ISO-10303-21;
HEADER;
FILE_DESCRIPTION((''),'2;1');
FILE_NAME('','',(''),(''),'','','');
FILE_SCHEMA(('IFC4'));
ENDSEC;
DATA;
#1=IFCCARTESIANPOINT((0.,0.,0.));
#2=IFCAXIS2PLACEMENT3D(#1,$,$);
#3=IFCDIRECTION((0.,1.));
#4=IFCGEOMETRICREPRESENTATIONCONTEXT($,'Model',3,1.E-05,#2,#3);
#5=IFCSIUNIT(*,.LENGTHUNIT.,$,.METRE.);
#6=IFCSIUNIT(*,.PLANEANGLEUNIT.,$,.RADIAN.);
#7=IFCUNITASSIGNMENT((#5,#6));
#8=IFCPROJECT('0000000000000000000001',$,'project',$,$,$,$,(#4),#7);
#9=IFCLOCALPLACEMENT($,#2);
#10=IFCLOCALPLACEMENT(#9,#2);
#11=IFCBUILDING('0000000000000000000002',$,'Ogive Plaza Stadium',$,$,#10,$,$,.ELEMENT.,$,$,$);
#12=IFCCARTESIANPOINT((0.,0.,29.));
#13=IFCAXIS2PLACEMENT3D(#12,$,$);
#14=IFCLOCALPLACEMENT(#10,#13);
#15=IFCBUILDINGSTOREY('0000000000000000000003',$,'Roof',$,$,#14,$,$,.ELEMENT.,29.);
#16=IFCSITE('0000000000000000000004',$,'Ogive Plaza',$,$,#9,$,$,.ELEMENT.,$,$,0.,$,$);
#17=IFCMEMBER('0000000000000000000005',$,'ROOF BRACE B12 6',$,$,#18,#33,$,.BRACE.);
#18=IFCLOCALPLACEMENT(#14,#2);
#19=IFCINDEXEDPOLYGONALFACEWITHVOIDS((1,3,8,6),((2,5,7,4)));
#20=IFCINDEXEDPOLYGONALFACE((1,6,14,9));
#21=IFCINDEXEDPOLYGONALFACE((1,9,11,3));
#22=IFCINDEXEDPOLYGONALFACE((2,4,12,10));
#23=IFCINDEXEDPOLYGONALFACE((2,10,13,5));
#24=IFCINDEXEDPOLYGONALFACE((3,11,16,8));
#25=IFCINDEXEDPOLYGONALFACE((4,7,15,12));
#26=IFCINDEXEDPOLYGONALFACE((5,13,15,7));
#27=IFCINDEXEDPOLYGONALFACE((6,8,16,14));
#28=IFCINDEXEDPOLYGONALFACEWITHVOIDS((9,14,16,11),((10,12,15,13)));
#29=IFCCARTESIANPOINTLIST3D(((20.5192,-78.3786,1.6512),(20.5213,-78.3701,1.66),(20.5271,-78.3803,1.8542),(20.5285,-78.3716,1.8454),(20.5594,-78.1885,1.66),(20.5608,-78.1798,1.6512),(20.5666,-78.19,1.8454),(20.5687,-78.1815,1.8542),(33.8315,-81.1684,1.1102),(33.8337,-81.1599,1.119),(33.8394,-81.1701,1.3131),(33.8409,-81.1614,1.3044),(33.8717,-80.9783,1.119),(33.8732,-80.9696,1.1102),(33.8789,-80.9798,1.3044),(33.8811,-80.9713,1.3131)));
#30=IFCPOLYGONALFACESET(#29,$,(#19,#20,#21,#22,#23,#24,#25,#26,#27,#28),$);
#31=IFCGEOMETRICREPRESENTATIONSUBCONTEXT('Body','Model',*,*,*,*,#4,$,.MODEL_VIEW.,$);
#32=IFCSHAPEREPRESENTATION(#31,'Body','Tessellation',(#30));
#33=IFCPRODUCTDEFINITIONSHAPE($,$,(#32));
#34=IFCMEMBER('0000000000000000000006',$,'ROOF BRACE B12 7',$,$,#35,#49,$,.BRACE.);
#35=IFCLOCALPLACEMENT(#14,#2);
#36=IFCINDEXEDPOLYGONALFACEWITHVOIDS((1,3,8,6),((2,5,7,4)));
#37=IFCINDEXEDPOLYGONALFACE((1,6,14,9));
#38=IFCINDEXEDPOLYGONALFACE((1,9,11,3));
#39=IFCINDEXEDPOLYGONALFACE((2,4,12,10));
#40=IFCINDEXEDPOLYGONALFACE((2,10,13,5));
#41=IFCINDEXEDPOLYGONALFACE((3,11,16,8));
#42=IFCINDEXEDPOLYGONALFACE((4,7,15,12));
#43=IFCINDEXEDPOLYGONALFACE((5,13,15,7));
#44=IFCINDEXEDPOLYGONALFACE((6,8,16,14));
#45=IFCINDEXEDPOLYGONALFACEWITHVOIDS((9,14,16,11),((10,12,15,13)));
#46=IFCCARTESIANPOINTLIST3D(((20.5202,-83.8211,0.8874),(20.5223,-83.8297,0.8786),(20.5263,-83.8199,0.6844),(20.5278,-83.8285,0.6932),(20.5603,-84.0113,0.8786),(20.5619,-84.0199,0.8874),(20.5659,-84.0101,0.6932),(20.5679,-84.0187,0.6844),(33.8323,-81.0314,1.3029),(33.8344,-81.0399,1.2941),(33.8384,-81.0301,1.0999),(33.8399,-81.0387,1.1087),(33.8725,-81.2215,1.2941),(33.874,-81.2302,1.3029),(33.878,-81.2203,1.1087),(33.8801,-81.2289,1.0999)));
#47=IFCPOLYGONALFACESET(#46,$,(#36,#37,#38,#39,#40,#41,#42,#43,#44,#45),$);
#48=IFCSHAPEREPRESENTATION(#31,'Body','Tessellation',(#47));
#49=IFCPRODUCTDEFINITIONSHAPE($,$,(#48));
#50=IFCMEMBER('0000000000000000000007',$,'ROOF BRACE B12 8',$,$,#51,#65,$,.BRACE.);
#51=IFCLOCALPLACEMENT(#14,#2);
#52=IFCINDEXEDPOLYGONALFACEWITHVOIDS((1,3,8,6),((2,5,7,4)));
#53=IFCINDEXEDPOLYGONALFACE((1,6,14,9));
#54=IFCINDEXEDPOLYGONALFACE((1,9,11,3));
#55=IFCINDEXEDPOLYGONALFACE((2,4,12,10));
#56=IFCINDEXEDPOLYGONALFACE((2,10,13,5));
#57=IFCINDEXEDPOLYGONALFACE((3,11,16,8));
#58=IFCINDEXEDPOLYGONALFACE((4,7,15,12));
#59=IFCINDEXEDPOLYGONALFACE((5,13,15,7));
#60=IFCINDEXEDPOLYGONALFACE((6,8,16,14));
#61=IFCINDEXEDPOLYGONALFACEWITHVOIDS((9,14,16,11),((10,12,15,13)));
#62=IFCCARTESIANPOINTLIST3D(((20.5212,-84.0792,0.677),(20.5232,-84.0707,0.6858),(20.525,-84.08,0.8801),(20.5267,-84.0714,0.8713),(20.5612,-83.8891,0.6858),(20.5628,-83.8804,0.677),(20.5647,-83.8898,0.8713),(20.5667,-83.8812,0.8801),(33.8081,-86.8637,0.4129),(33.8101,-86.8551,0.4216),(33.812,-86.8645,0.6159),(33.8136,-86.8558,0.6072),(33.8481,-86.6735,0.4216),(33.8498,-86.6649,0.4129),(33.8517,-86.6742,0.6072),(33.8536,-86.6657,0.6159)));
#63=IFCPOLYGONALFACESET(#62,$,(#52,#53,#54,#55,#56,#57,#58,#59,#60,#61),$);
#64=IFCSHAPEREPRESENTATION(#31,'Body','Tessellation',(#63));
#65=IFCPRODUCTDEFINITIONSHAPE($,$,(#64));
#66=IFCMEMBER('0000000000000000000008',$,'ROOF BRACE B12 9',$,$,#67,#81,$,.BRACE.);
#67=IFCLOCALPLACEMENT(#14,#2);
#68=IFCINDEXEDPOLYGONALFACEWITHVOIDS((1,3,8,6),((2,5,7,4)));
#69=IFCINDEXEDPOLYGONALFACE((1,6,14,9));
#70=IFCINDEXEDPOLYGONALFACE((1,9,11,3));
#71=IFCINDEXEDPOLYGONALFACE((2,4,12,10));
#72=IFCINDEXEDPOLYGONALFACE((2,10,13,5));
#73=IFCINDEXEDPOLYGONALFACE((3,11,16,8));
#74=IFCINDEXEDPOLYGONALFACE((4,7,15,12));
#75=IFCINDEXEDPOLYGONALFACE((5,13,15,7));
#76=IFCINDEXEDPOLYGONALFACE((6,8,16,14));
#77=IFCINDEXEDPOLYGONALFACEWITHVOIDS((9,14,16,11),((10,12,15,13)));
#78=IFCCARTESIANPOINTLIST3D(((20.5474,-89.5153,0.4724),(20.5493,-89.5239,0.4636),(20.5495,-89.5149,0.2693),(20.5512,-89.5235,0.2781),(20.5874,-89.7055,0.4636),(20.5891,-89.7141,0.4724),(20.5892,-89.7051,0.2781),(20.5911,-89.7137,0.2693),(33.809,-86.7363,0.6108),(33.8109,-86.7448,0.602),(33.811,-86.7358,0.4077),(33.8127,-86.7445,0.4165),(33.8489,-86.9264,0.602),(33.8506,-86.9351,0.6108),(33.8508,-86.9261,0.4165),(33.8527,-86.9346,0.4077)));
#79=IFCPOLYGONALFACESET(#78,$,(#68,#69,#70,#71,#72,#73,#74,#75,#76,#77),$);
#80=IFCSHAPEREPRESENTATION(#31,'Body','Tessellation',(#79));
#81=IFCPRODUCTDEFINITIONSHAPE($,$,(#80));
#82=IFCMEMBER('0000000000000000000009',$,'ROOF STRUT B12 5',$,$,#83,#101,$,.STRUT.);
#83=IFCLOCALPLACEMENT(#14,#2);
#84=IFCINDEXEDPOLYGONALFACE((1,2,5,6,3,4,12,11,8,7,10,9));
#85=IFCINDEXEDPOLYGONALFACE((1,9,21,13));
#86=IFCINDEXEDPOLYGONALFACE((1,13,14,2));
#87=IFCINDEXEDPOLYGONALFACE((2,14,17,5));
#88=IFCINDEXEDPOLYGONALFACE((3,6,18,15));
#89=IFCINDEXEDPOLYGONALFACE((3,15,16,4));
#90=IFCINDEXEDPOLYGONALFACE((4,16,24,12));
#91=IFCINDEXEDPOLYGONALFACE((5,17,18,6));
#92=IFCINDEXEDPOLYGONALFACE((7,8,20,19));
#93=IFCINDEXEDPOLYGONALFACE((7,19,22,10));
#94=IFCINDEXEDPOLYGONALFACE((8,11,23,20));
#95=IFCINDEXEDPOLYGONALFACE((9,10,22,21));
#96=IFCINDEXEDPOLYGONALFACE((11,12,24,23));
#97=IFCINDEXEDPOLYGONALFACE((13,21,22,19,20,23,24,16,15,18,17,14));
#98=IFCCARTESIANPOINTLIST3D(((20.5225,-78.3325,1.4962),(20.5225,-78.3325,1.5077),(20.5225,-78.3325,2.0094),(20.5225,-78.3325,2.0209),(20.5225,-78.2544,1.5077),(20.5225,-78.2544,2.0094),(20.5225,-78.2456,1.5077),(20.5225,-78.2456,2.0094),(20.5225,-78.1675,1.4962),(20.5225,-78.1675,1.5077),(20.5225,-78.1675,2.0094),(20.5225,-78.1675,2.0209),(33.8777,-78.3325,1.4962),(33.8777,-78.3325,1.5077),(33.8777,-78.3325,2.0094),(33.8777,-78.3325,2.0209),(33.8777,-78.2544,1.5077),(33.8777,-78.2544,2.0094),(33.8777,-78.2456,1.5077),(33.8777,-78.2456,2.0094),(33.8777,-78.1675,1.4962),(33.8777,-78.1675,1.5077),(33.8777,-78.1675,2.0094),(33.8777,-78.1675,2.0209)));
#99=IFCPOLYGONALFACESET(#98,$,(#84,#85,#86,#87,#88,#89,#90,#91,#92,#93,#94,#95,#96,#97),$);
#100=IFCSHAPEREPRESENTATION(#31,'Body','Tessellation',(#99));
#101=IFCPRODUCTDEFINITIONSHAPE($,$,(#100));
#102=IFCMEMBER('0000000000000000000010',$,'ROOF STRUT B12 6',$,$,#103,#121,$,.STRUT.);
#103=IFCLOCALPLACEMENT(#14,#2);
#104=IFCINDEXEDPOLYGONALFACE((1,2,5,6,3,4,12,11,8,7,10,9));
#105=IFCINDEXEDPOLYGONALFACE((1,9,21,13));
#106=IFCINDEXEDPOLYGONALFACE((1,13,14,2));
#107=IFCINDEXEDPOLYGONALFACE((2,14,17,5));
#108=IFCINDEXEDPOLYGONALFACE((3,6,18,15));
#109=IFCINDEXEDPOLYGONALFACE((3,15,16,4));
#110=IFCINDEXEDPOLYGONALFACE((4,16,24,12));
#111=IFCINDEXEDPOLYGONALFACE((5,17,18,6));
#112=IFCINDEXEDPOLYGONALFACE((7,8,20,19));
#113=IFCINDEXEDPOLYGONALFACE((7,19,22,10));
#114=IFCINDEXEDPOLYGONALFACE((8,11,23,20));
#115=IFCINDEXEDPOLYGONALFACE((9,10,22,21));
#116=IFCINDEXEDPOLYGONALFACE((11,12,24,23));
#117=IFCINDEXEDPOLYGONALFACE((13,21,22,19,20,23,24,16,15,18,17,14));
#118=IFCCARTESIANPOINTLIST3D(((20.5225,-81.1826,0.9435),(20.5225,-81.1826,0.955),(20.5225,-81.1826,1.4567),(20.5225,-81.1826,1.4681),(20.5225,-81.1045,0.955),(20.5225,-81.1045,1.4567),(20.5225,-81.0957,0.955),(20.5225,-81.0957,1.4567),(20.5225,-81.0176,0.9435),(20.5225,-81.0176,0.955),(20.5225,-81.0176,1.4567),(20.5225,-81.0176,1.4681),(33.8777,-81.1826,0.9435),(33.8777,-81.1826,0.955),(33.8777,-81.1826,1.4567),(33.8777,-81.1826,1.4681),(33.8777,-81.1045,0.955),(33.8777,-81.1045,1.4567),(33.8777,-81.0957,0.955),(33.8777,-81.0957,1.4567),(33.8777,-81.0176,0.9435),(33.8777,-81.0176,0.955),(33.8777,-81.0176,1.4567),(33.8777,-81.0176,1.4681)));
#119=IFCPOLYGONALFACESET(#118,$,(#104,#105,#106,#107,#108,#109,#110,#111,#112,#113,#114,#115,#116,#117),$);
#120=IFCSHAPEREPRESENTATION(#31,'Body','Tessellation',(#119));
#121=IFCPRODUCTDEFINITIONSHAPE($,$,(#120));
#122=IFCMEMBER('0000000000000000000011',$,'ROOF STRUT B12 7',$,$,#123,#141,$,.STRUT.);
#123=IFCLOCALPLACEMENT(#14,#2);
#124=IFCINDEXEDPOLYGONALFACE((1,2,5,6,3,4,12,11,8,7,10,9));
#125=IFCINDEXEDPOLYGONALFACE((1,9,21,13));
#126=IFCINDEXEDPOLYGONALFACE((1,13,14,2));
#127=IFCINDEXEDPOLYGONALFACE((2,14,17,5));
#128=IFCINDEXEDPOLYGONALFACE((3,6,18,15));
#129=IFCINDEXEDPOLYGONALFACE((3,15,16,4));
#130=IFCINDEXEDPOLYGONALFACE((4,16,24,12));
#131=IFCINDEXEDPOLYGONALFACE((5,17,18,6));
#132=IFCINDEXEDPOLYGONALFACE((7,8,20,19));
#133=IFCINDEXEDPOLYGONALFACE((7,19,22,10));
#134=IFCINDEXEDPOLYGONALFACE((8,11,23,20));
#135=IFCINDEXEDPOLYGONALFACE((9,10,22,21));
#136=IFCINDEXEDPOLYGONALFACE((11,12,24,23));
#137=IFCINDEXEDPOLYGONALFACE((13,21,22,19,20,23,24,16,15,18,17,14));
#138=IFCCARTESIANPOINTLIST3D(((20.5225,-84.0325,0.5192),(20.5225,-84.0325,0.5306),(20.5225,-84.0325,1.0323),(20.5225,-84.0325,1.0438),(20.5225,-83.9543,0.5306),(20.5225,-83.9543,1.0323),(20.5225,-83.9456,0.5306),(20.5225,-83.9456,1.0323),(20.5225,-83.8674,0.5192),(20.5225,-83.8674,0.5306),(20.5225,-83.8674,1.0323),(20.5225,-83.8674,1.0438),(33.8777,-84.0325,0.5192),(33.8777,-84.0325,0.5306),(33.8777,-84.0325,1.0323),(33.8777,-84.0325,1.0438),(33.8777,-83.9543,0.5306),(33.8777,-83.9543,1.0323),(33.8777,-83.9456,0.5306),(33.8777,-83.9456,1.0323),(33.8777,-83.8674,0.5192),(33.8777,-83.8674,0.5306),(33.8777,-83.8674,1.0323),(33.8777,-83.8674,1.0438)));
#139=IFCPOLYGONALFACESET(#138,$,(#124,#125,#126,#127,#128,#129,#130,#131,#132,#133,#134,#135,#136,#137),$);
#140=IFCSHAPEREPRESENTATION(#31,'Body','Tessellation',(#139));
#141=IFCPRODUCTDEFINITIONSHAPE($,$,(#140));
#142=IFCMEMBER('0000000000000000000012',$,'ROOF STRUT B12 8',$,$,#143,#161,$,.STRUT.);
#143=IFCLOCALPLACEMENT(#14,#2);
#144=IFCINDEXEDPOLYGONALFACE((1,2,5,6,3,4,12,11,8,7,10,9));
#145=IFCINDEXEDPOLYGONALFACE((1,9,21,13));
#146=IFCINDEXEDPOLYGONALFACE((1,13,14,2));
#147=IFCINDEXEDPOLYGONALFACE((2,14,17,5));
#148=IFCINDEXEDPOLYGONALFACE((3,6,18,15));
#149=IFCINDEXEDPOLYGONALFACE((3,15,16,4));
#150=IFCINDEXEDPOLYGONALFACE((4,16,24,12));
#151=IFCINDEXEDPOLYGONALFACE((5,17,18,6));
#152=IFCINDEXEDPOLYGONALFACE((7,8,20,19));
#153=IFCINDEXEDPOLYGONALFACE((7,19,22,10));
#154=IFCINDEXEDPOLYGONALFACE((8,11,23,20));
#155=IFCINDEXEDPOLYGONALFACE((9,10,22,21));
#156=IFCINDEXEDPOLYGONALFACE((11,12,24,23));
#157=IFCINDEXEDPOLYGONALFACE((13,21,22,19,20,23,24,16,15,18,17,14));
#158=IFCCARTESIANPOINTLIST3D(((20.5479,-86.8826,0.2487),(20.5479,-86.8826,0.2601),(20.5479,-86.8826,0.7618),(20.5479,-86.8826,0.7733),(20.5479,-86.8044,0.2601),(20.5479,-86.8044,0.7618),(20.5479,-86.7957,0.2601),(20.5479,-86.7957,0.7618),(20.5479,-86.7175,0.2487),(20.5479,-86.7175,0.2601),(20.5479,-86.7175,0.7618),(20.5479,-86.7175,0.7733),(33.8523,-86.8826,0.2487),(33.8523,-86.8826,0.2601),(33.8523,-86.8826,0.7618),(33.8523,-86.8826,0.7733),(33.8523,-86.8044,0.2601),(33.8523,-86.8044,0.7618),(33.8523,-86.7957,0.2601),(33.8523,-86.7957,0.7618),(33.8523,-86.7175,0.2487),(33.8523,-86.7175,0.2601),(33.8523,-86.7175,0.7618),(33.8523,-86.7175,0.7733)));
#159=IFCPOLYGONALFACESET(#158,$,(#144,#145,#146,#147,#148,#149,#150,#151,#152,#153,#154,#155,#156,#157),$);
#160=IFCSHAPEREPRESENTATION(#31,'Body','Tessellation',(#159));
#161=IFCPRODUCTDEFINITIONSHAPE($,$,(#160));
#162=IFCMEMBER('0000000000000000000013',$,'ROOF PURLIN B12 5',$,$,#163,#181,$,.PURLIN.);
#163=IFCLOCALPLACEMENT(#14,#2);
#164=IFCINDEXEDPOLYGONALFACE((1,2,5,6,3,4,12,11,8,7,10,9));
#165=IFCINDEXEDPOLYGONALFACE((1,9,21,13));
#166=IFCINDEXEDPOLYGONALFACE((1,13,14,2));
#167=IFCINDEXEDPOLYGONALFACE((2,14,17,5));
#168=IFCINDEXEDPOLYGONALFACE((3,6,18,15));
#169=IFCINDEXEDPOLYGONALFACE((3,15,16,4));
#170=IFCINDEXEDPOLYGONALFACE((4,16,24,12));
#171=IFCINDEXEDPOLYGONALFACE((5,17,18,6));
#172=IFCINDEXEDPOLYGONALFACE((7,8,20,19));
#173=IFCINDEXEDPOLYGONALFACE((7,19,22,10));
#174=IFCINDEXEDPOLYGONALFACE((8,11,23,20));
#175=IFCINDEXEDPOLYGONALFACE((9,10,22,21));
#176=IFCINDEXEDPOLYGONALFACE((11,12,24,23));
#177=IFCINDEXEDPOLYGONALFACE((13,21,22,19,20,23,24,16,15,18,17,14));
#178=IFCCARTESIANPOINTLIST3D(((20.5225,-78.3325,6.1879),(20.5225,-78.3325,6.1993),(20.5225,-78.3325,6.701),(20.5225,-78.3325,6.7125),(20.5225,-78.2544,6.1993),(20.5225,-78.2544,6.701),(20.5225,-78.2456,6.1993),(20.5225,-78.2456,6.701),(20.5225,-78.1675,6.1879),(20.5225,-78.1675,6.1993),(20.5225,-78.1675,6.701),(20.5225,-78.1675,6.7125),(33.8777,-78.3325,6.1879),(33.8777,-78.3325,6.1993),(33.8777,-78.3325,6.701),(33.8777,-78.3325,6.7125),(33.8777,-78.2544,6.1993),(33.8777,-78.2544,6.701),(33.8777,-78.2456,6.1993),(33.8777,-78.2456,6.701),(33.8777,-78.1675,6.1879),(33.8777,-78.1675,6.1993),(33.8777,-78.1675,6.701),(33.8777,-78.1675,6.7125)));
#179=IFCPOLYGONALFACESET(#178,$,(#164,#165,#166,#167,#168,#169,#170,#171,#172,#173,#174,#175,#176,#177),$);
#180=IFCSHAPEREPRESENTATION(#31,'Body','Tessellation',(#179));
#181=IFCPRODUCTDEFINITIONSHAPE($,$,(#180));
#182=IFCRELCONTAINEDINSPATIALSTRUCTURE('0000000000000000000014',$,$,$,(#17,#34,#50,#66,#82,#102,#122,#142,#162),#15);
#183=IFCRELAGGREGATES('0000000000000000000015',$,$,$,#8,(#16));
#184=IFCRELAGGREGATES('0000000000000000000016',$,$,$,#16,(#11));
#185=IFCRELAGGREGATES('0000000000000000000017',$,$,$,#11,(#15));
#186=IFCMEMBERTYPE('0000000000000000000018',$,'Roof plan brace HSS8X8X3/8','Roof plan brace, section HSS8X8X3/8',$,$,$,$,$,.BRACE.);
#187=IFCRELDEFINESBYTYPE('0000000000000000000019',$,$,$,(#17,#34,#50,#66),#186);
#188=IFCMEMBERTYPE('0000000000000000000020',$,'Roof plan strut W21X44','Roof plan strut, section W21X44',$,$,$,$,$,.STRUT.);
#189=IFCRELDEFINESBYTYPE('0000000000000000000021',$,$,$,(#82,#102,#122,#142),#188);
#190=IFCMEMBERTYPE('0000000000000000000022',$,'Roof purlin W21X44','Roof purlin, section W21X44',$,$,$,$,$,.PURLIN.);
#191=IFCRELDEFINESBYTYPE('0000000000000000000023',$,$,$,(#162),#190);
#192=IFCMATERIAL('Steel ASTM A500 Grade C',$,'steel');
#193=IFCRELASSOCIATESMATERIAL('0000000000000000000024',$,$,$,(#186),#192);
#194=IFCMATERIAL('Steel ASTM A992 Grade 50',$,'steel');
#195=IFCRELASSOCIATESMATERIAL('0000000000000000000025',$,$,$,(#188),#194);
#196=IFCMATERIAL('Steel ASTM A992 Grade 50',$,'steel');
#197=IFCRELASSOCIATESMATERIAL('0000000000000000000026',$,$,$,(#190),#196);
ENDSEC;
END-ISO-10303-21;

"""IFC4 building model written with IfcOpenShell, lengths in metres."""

from ifc_helpers import new_model, si_unit, direction, frame, origin, origin_2d, place, context, subcontext, project, spatial, hollow_rectangle, i_section, extrude, material, material_profile, profile_set, type_object, element, save


model = new_model("IFC4")

# Units and contexts
model_context = context("Model", 3, precision=1e-05, world=origin(), true_north=direction((0.0, 1.0)))
body_context = subcontext(model_context, "Body", "Model", "MODEL_VIEW")
ifc_project = project(units=[si_unit("LENGTHUNIT", "METRE"), si_unit("PLANEANGLEUNIT", "RADIAN")], contexts=[model_context])

# Site, building, storey
site_placement = place(None, origin())
site = spatial("IfcSite", under=ifc_project, at=site_placement, Name="Ogive Plaza", CompositionType="ELEMENT", RefElevation=0.0)
building_placement = place(site_placement, origin())
building = spatial("IfcBuilding", under=site, at=building_placement, Name="Ogive Plaza Stadium", CompositionType="ELEMENT")
storey_placement = place(building_placement, frame((0.0, 0.0, 29.0)))
storey = spatial("IfcBuildingStorey", under=building, at=storey_placement, Name="Roof", CompositionType="ELEMENT", Elevation=29.0)

# Members
ifc_material_1 = material(Name="Steel ASTM A500 Grade C", Category="steel")
ifc_material_profile_1 = material_profile(ifc_material_1, hollow_rectangle(XDim=0.2031, YDim=0.2031, WallThickness=0.0088, at=origin_2d()), Name="HSS8X8X3/8")
ifc_profile_set_1 = profile_set([ifc_material_profile_1], Name="Steel ASTM A500 Grade C")
member_type_1 = type_object("IfcMemberType", Name="Roof plan brace HSS8X8X3/8", Description="Roof plan brace, section HSS8X8X3/8", PredefinedType="BRACE", material=ifc_profile_set_1)
member_1_placement = place(storey_placement, frame((20.5439, -78.28, 1.7527), z_axis=(0.977966, -0.204948, -0.039745), x_axis=(0.20511, 0.978739, 0.0)))
element("IfcMember", 1, at=member_1_placement, inside=storey, type_object=member_type_1, Name="ROOF BRACE B12 6", PredefinedType="BRACE", context=body_context, shape_type="SweptSolid", body=[
    extrude(hollow_rectangle(XDim=0.2031, YDim=0.2031, WallThickness=0.0088, at=origin_2d()), origin(), (0.0, 0.0, 1.0), 13.6123),
])
member_2_placement = place(storey_placement, frame((33.8562, -81.1301, 1.2014), z_axis=(-0.978282, -0.205015, -0.030536), x_axis=(0.20511, -0.978739, 0.0)))
element("IfcMember", 2, at=member_2_placement, inside=storey, type_object=member_type_1, Name="ROOF BRACE B12 7", PredefinedType="BRACE", context=body_context, shape_type="SweptSolid", body=[
    extrude(hollow_rectangle(XDim=0.2031, YDim=0.2031, WallThickness=0.0088, at=origin_2d()), origin(), (0.0, 0.0, 1.0), 13.6077),
])
member_3_placement = place(storey_placement, frame((20.5439, -83.9802, 0.7786), z_axis=(0.978554, -0.205068, -0.019455), x_axis=(0.205107, 0.97874, 0.0)))
element("IfcMember", 3, at=member_3_placement, inside=storey, type_object=member_type_1, Name="ROOF BRACE B12 8", PredefinedType="BRACE", context=body_context, shape_type="SweptSolid", body=[
    extrude(hollow_rectangle(XDim=0.2031, YDim=0.2031, WallThickness=0.0088, at=origin_2d()), origin(), (0.0, 0.0, 1.0), 13.5781),
])
member_4_placement = place(storey_placement, frame((33.8308, -86.8354, 0.5093), z_axis=(-0.978689, -0.205093, -0.010216), x_axis=(0.205103, -0.97874, 0.0)))
element("IfcMember", 4, at=member_4_placement, inside=storey, type_object=member_type_1, Name="ROOF BRACE B12 9", PredefinedType="BRACE", context=body_context, shape_type="SweptSolid", body=[
    extrude(hollow_rectangle(XDim=0.2031, YDim=0.2031, WallThickness=0.0088, at=origin_2d()), origin(), (0.0, 0.0, 1.0), 13.5503),
])
ifc_material_2 = material(Name="Steel ASTM A992 Grade 50", Category="steel")
ifc_material_profile_2 = material_profile(ifc_material_2, i_section(OverallWidth=0.165, OverallDepth=0.5247, WebThickness=0.0088, FlangeThickness=0.0115, at=origin_2d()), Name="W21X44")
ifc_profile_set_2 = profile_set([ifc_material_profile_2], Name="Steel ASTM A992 Grade 50")
member_type_2 = type_object("IfcMemberType", Name="Roof plan strut W21X44", Description="Roof plan strut, section W21X44", PredefinedType="STRUT", material=ifc_profile_set_2)
for number, where, z_axis, x_axis, name in (
    (5, (33.8777, -78.25, 1.7585), (-1.0, 0.0, 0.0), (0.0, -1.0, 0.0), "ROOF STRUT B12 5"),
    (6, (33.8777, -81.1001, 1.2058), (-1.0, 0.0, 0.0), (0.0, -1.0, 0.0), "ROOF STRUT B12 6"),
    (7, (33.8777, -83.95, 0.7815), (-1.0, 0.0, 0.0), (0.0, -1.0, 0.0), "ROOF STRUT B12 7"),
):
    element("IfcMember", number, at=place(storey_placement, frame(where, z_axis=z_axis, x_axis=x_axis)), inside=storey, type_object=member_type_2, Name=name, PredefinedType="STRUT", context=body_context, shape_type="SweptSolid", body=[
        extrude(i_section(OverallWidth=0.165, OverallDepth=0.5247, WebThickness=0.0088, FlangeThickness=0.0115, at=origin_2d()), origin(), (0.0, 0.0, 1.0), 13.3552),
    ])
member_5_placement = place(storey_placement, frame((33.8523, -86.8, 0.511), z_axis=(-1.0, 0.0, 0.0), x_axis=(0.0, -1.0, 0.0)))
element("IfcMember", 8, at=member_5_placement, inside=storey, type_object=member_type_2, Name="ROOF STRUT B12 8", PredefinedType="STRUT", context=body_context, shape_type="SweptSolid", body=[
    extrude(i_section(OverallWidth=0.165, OverallDepth=0.5247, WebThickness=0.0088, FlangeThickness=0.0115, at=origin_2d()), origin(), (0.0, 0.0, 1.0), 13.3044),
])
ifc_material_3 = material(Name="Steel ASTM A992 Grade 50", Category="steel")
ifc_material_profile_3 = material_profile(ifc_material_3, i_section(OverallWidth=0.165, OverallDepth=0.5247, WebThickness=0.0088, FlangeThickness=0.0115, at=origin_2d()), Name="W21X44")
ifc_profile_set_3 = profile_set([ifc_material_profile_3], Name="Steel ASTM A992 Grade 50")
member_type_3 = type_object("IfcMemberType", Name="Roof purlin W21X44", Description="Roof purlin, section W21X44", PredefinedType="PURLIN", material=ifc_profile_set_3)
for number, where, z_axis, x_axis, name in (
    (9, (33.8777, -78.25, 6.4502), (-1.0, 0.0, 0.0), (0.0, -1.0, 0.0), "ROOF PURLIN B12 5"),
):
    element("IfcMember", number, at=place(storey_placement, frame(where, z_axis=z_axis, x_axis=x_axis)), inside=storey, type_object=member_type_3, Name=name, PredefinedType="PURLIN", context=body_context, shape_type="SweptSolid", body=[
        extrude(i_section(OverallWidth=0.165, OverallDepth=0.5247, WebThickness=0.0088, FlangeThickness=0.0115, at=origin_2d()), origin(), (0.0, 0.0, 1.0), 13.3552),
    ])

save(model, "model.ifc")
